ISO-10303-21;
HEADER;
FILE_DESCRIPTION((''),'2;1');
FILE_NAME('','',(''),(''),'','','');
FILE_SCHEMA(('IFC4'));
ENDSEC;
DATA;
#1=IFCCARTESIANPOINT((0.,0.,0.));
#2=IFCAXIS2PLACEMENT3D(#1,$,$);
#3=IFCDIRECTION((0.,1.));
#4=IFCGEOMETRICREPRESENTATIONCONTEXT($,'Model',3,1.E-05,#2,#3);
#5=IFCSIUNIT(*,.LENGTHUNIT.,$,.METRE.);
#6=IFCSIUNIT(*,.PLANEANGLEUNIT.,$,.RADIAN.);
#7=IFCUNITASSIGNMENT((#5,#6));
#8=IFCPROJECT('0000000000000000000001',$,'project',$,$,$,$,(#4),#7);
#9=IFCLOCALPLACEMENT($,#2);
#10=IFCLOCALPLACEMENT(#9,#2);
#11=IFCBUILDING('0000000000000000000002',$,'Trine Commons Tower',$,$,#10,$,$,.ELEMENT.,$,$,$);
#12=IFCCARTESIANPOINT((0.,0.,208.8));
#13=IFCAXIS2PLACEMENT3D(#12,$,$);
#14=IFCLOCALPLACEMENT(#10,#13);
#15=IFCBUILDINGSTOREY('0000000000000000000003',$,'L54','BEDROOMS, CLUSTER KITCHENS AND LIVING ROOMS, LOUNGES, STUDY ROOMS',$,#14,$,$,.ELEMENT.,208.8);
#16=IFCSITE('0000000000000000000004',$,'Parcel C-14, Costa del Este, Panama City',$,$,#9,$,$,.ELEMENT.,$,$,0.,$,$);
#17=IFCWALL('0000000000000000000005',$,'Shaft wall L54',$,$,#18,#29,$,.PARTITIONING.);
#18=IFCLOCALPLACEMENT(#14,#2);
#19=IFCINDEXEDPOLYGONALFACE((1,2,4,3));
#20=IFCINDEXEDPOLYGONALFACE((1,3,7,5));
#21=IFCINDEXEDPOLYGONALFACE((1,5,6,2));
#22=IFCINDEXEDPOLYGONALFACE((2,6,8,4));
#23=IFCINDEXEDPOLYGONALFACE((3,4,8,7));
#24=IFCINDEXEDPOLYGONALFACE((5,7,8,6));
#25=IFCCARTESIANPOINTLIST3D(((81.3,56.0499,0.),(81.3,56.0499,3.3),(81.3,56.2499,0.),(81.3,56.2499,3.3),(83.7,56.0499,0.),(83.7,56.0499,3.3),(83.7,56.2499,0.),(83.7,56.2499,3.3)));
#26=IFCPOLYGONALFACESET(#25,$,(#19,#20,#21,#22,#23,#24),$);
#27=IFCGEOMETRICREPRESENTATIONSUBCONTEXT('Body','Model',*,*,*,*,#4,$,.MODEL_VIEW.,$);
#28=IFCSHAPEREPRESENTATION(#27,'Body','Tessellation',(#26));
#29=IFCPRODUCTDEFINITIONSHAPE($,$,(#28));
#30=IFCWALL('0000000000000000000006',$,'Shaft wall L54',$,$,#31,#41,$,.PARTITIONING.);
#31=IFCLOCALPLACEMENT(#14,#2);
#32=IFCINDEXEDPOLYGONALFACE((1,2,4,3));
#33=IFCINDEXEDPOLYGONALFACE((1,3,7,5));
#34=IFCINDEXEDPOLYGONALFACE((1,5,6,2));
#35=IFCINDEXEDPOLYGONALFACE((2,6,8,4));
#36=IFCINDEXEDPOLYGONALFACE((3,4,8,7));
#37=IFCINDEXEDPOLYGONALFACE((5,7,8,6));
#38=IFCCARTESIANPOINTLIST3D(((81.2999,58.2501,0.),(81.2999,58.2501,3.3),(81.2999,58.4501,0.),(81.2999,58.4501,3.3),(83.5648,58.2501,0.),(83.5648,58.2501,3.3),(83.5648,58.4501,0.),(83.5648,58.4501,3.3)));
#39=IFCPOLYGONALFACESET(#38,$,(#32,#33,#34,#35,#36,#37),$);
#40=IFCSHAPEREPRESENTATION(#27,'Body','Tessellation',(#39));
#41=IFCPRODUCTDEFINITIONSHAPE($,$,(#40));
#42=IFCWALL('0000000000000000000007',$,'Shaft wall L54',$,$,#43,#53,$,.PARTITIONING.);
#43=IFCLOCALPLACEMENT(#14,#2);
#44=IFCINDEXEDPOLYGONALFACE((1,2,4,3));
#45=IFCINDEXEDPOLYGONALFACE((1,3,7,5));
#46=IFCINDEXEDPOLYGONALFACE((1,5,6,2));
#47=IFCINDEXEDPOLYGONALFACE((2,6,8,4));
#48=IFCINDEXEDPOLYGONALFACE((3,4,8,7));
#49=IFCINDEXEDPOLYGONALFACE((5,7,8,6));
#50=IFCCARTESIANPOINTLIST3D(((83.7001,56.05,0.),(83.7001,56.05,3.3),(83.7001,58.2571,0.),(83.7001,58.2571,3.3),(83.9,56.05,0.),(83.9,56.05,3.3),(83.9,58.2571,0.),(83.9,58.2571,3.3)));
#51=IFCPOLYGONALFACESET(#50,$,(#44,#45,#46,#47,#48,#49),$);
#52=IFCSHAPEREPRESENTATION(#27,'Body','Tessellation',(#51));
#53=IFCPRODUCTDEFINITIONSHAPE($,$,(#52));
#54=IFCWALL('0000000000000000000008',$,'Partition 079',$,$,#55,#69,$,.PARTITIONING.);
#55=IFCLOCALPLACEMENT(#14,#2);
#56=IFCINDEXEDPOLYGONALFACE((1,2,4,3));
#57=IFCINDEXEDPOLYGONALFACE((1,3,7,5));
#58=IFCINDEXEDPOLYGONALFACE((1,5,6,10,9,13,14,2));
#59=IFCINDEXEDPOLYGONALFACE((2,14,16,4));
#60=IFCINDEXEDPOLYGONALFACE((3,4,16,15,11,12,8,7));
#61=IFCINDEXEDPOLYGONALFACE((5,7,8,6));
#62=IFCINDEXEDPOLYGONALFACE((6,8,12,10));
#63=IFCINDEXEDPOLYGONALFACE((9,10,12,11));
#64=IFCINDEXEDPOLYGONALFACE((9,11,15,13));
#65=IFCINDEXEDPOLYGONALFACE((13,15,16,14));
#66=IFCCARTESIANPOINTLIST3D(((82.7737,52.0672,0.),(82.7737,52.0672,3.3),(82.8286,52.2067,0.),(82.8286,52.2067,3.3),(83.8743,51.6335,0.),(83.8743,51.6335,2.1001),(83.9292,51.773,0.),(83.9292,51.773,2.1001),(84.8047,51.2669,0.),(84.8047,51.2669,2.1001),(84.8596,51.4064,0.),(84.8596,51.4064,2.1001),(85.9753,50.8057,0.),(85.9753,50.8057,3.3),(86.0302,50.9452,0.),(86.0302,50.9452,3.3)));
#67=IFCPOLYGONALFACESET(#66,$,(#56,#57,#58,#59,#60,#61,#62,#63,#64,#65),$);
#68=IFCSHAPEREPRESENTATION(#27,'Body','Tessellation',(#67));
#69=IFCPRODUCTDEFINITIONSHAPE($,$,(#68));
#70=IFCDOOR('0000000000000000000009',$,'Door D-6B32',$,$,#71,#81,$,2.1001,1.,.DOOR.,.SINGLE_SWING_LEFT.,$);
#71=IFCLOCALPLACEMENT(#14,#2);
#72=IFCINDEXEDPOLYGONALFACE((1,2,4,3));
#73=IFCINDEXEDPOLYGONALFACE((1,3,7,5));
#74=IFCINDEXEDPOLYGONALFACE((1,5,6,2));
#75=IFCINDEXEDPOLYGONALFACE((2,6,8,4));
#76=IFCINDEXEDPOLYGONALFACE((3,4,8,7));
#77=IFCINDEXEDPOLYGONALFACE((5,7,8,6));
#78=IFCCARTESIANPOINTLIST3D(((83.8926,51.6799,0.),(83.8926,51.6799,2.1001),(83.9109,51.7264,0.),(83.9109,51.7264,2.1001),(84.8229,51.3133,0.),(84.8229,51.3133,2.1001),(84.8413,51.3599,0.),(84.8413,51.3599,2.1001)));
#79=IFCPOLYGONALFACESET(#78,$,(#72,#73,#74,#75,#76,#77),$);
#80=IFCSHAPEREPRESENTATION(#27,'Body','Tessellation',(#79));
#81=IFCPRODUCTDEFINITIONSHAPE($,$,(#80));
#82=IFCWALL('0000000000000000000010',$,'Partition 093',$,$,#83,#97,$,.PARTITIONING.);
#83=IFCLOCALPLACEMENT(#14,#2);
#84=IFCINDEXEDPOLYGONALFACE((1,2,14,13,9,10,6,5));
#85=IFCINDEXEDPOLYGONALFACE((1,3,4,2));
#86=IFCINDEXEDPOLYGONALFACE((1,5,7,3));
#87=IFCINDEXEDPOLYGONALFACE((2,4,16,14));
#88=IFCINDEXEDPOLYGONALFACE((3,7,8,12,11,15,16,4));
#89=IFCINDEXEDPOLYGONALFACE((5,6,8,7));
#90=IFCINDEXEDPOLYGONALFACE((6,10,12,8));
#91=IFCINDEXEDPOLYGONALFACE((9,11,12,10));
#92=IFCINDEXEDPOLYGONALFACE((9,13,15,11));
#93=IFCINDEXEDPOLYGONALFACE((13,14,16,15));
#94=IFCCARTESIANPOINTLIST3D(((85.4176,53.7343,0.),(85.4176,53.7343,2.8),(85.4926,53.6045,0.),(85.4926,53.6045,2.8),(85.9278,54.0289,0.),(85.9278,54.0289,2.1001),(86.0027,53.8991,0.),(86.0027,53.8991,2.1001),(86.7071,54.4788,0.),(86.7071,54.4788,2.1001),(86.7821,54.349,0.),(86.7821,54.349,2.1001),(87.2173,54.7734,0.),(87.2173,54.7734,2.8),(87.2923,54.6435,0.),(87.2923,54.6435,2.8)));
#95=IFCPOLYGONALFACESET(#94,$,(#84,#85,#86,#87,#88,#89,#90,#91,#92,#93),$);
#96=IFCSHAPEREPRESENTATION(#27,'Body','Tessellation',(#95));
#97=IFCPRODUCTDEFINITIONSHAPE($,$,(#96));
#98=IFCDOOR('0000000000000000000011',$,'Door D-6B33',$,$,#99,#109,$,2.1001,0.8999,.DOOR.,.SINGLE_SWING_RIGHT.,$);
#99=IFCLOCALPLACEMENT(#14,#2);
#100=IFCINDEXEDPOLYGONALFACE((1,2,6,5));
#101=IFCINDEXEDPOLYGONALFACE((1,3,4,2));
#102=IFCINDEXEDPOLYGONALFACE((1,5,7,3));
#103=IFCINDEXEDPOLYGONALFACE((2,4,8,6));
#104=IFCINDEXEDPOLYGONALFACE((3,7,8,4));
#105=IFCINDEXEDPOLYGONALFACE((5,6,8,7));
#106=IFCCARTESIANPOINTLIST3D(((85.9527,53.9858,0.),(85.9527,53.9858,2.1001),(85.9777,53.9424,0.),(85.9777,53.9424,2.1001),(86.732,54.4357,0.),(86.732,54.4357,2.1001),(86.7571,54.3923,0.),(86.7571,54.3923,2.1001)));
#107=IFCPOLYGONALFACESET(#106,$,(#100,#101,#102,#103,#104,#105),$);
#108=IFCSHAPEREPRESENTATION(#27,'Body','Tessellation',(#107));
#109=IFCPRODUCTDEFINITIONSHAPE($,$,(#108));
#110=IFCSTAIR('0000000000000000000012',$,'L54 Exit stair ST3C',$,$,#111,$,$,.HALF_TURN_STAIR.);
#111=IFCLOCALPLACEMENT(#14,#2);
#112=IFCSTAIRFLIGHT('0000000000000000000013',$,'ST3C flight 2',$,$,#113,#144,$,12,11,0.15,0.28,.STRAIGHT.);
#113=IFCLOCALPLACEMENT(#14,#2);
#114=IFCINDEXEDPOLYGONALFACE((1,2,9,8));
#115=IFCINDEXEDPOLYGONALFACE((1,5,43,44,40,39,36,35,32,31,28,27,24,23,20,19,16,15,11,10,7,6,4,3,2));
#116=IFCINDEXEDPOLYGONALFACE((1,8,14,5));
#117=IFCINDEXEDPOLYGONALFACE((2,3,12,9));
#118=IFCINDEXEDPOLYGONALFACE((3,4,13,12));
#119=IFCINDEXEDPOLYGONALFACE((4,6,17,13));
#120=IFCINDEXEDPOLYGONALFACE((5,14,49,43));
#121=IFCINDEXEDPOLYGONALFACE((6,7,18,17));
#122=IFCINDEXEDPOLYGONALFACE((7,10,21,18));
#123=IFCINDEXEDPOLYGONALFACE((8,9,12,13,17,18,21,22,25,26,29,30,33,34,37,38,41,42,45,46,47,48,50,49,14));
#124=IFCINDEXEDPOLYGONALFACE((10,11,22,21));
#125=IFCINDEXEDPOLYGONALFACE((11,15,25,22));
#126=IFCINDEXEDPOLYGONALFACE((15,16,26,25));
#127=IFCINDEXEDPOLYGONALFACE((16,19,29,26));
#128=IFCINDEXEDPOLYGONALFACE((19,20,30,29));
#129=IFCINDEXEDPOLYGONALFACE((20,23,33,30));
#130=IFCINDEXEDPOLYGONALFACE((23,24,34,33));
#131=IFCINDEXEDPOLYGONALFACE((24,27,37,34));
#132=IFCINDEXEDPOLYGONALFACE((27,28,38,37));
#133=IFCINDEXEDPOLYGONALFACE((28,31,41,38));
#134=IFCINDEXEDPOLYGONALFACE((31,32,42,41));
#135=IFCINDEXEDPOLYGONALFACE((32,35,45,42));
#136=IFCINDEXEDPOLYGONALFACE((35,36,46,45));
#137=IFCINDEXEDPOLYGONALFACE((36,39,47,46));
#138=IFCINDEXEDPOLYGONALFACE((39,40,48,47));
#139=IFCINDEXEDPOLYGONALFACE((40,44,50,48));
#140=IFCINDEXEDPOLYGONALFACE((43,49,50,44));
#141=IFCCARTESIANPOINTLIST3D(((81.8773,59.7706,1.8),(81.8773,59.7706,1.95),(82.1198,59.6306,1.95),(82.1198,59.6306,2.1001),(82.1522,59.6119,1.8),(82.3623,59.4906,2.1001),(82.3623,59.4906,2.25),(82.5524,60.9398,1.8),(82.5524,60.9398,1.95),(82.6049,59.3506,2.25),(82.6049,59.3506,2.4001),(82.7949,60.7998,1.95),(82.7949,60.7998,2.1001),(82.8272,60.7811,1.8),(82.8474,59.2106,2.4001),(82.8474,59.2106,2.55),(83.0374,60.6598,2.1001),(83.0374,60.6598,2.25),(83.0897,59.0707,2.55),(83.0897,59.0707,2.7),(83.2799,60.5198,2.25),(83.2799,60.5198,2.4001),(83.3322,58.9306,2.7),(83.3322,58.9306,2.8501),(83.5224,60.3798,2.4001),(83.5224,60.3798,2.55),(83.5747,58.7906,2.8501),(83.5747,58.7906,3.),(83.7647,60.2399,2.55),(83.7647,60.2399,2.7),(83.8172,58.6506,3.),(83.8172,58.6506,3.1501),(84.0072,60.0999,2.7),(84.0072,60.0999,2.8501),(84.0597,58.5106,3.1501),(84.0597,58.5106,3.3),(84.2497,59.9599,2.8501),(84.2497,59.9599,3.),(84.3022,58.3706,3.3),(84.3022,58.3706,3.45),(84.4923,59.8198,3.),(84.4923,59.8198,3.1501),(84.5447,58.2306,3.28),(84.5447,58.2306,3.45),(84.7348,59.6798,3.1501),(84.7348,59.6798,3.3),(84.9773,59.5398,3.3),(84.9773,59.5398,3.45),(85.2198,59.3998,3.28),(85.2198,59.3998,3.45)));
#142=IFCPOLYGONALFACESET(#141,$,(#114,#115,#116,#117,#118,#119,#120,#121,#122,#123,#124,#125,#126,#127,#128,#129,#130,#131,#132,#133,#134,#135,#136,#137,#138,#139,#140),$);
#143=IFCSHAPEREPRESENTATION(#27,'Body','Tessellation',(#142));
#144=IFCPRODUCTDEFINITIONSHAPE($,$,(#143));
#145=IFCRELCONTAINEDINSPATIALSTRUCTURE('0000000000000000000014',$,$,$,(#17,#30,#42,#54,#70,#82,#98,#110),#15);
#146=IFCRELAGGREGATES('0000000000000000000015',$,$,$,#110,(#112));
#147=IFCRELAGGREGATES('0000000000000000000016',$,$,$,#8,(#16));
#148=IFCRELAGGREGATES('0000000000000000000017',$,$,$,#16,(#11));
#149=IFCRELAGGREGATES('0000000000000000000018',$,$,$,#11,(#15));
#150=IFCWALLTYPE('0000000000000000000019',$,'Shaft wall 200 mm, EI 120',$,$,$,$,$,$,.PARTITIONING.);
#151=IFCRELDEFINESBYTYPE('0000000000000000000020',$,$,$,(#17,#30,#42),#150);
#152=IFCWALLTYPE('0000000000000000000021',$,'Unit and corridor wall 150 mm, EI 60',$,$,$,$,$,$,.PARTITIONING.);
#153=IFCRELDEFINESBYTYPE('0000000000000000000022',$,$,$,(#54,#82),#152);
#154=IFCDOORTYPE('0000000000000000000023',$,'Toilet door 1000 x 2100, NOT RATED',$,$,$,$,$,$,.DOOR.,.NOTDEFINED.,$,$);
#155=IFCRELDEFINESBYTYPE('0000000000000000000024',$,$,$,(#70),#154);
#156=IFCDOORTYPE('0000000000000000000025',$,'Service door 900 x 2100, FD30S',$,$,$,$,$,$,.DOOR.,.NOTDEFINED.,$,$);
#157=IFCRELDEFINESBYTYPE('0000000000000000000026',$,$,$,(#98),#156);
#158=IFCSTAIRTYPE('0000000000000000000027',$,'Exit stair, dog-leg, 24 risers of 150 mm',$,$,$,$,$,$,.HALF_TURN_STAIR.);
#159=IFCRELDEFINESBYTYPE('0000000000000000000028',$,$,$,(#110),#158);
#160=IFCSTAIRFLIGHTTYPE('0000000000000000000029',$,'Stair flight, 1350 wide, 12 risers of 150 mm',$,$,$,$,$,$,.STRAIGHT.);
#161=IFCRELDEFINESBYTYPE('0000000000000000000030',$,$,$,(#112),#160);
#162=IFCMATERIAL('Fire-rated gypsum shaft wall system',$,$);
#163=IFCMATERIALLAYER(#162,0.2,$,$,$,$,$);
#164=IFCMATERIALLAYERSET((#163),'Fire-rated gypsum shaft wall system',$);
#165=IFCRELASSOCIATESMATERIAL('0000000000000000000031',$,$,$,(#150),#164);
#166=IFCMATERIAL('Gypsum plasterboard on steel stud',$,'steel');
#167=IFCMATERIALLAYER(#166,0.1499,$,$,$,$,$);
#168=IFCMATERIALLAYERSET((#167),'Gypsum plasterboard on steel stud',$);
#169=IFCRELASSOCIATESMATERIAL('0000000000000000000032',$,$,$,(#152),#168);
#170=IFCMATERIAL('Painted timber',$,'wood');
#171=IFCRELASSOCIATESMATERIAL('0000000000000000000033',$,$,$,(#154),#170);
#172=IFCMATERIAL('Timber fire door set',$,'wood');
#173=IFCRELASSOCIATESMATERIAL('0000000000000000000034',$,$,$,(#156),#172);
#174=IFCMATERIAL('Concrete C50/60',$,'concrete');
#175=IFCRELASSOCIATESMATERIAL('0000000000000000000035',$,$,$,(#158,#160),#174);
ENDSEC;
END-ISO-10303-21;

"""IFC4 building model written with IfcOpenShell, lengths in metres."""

from ifc_helpers import new_model, si_unit, direction, frame, frame_2d, origin, place, context, subcontext, project, spatial, polyline, rectangle, outline, extrude, material, layer, layer_set, type_object, element, fill, aggregate, save


model = new_model("IFC4")

# Units and contexts
model_context = context("Model", 3, precision=1e-05, world=origin(), true_north=direction((0.0, 1.0)))
body_context = subcontext(model_context, "Body", "Model", "MODEL_VIEW")
ifc_project = project(units=[si_unit("LENGTHUNIT", "METRE"), si_unit("PLANEANGLEUNIT", "RADIAN")], contexts=[model_context])

# Site, building, storey
site_placement = place(None, origin())
site = spatial("IfcSite", under=ifc_project, at=site_placement, Name="Parcel C-14, Costa del Este, Panama City", CompositionType="ELEMENT", RefElevation=0.0)
building_placement = place(site_placement, origin())
building = spatial("IfcBuilding", under=site, at=building_placement, Name="Trine Commons Tower", CompositionType="ELEMENT")
storey_placement = place(building_placement, frame((0.0, 0.0, 208.8)))
storey = spatial("IfcBuildingStorey", under=building, at=storey_placement, Name="L54", Description="BEDROOMS, CLUSTER KITCHENS AND LIVING ROOMS, LOUNGES, STUDY ROOMS", CompositionType="ELEMENT", Elevation=208.8)

# Walls
ifc_material_1 = material(Name="Fire-rated gypsum shaft wall system")
ifc_layer_1 = layer(ifc_material_1, 0.2)
ifc_layer_set_1 = layer_set([ifc_layer_1], Name="Fire-rated gypsum shaft wall system")
wall_type_1 = type_object("IfcWallType", Name="Shaft wall 200 mm, EI 120", PredefinedType="PARTITIONING", material=ifc_layer_set_1)
wall_1_placement = place(storey_placement, frame((81.3, 56.1499, 0.0), z_axis=(0.0, 0.0, 1.0), x_axis=(1.0, 0.0, 0.0)))
element("IfcWall", 1, at=wall_1_placement, inside=storey, type_object=wall_type_1, Name="Shaft wall L54", PredefinedType="PARTITIONING", context=body_context, shape_type="SweptSolid", body=[
    extrude(rectangle(XDim=2.3999, YDim=0.2, at=frame_2d((1.2, 0.0))), origin(), (0.0, 0.0, 1.0), 3.3),
])
wall_2_placement = place(storey_placement, frame((81.3, 58.3501, 0.0), z_axis=(0.0, 0.0, 1.0), x_axis=(1.0, 0.0, 0.0)))
element("IfcWall", 2, at=wall_2_placement, inside=storey, type_object=wall_type_1, Name="Shaft wall L54", PredefinedType="PARTITIONING", context=body_context, shape_type="SweptSolid", body=[
    extrude(rectangle(XDim=2.2649, YDim=0.2, at=frame_2d((1.1323, 0.0))), origin(), (0.0, 0.0, 1.0), 3.3),
])
wall_3_placement = place(storey_placement, frame((83.8, 58.2571, 0.0), z_axis=(0.0, 0.0, 1.0), x_axis=(0.0, -1.0, 0.0)))
element("IfcWall", 3, at=wall_3_placement, inside=storey, type_object=wall_type_1, Name="Shaft wall L54", PredefinedType="PARTITIONING", context=body_context, shape_type="SweptSolid", body=[
    extrude(rectangle(XDim=2.207, YDim=0.2, at=frame_2d((1.1035, 0.0))), origin(), (0.0, 0.0, 1.0), 3.3),
])

# Walls, openings, doors
ifc_material_2 = material(Name="Gypsum plasterboard on steel stud", Category="steel")
ifc_layer_2 = layer(ifc_material_2, 0.1499)
ifc_layer_set_2 = layer_set([ifc_layer_2], Name="Gypsum plasterboard on steel stud")
wall_type_2 = type_object("IfcWallType", Name="Unit and corridor wall 150 mm, EI 60", PredefinedType="PARTITIONING", material=ifc_layer_set_2)
wall_4_placement = place(storey_placement, frame((82.801, 52.137, 0.0), z_axis=(0.0, 0.0, 1.0), x_axis=(0.930387, -0.366578, 0.0)))
wall_4 = element("IfcWall", 4, at=wall_4_placement, inside=storey, type_object=wall_type_2, Name="Partition 079", PredefinedType="PARTITIONING", context=body_context, shape_type="SweptSolid", body=[
    extrude(rectangle(XDim=3.4412, YDim=0.1499, at=frame_2d((1.7207, 0.0))), origin(), (0.0, 0.0, 1.0), 3.3),
])
opening_1_placement = place(wall_4_placement, frame((1.1831, 0.0, 0.0)))
opening_1 = element("IfcOpeningElement", 5, at=opening_1_placement, cuts=wall_4, PredefinedType="OPENING", context=body_context, shape_type="SweptSolid", body=[
    extrude(rectangle(XDim=1.0, YDim=2.1001, at=frame_2d((0.5, 1.05))), frame((0.0, 0.085, 0.0), z_axis=(0.0, -1.0, 0.0), x_axis=(1.0, 0.0, 0.0)), (0.0, 0.0, 1.0), 0.1699),
])
ifc_material_3 = material(Name="Painted timber", Category="wood")
door_type_1 = type_object("IfcDoorType", Name="Toilet door 1000 x 2100, NOT RATED", OperationType="NOTDEFINED", PredefinedType="DOOR", material=ifc_material_3)
door_1_placement = place(opening_1_placement, origin())
door_1 = element("IfcDoor", 6, at=door_1_placement, inside=storey, type_object=door_type_1, Name="Door D-6B32", OperationType="SINGLE_SWING_LEFT", OverallHeight=2.1001, OverallWidth=1.0, PredefinedType="DOOR", context=body_context, shape_type="SweptSolid", body=[
    extrude(rectangle(XDim=1.0, YDim=2.1001, at=frame_2d((0.5, 1.05))), frame((0.0, 0.0249, 0.0), z_axis=(0.0, -1.0, 0.0), x_axis=(1.0, 0.0, 0.0)), (0.0, 0.0, 1.0), 0.05),
])
fill(opening_1, door_1)
wall_5_placement = place(storey_placement, frame((85.4551, 53.6694, 0.0), z_axis=(0.0, 0.0, 1.0), x_axis=(0.866037, 0.49998, 0.0)))
wall_5 = element("IfcWall", 7, at=wall_5_placement, inside=storey, type_object=wall_type_2, Name="Partition 093", PredefinedType="PARTITIONING", context=body_context, shape_type="SweptSolid", body=[
    extrude(rectangle(XDim=2.0781, YDim=0.1499, at=frame_2d((1.0391, 0.0))), origin(), (0.0, 0.0, 1.0), 2.8),
])
opening_2_placement = place(wall_5_placement, frame((0.5891, 0.0, 0.0)))
opening_2 = element("IfcOpeningElement", 8, at=opening_2_placement, cuts=wall_5, PredefinedType="OPENING", context=body_context, shape_type="SweptSolid", body=[
    extrude(rectangle(XDim=0.8999, YDim=2.1001, at=frame_2d((0.45, 1.05))), frame((0.0, 0.085, 0.0), z_axis=(0.0, -1.0, 0.0), x_axis=(1.0, 0.0, 0.0)), (0.0, 0.0, 1.0), 0.1699),
])
ifc_material_4 = material(Name="Timber fire door set", Category="wood")
door_type_2 = type_object("IfcDoorType", Name="Service door 900 x 2100, FD30S", OperationType="NOTDEFINED", PredefinedType="DOOR", material=ifc_material_4)
door_2_placement = place(opening_2_placement, frame((0.8999, 0.0, 0.0), z_axis=(0.0, 0.0, 1.0), x_axis=(-1.0, 0.0, 0.0)))
door_2 = element("IfcDoor", 9, at=door_2_placement, inside=storey, type_object=door_type_2, Name="Door D-6B33", OperationType="SINGLE_SWING_RIGHT", OverallHeight=2.1001, OverallWidth=0.8999, PredefinedType="DOOR", context=body_context, shape_type="SweptSolid", body=[
    extrude(rectangle(XDim=0.8999, YDim=2.1001, at=frame_2d((0.45, 1.05))), frame((0.0, 0.0249, 0.0), z_axis=(0.0, -1.0, 0.0), x_axis=(1.0, 0.0, 0.0)), (0.0, 0.0, 1.0), 0.05),
])
fill(opening_2, door_2)

# Stair, stair flight
ifc_material_5 = material(Name="Concrete C50/60", Category="concrete")
stair_type = type_object("IfcStairType", Name="Exit stair, dog-leg, 24 risers of 150 mm", PredefinedType="HALF_TURN_STAIR", material=ifc_material_5)
stair_placement = place(storey_placement, origin())
stair = element("IfcStair", 10, at=stair_placement, inside=storey, type_object=stair_type, Name="L54 Exit stair ST3C", PredefinedType="HALF_TURN_STAIR")
stair_flight_type = type_object("IfcStairFlightType", Name="Stair flight, 1350 wide, 12 risers of 150 mm", PredefinedType="STRAIGHT", material=ifc_material_5)
stair_flight_placement = place(storey_placement, frame((82.2148, 60.3552, 1.8), z_axis=(0.0, 0.0, 1.0), x_axis=(0.866025, -0.5, 0.0)))
stair_flight = element("IfcStairFlight", 11, at=stair_flight_placement, type_object=stair_flight_type, Name="ST3C flight 2", NumberOfRisers=12, NumberOfTreads=11, PredefinedType="STRAIGHT", RiserHeight=0.15, TreadLength=0.28, context=body_context, shape_type="SweptSolid", body=[
    extrude(outline(polyline([(0.0, 0.0), (0.0, 0.1499), (0.28, 0.1499), (0.28, 0.3), (0.5601, 0.3), (0.5601, 0.45), (0.8401, 0.45), (0.8401, 0.6001), (1.1201, 0.6001), (1.1201, 0.75), (1.3999, 0.75), (1.3999, 0.8999), (1.6799, 0.8999), (1.6799, 1.05), (1.96, 1.05), (1.96, 1.2), (2.24, 1.2), (2.24, 1.3501), (2.52, 1.3501), (2.52, 1.5), (2.8, 1.5), (2.8, 1.6499), (3.0801, 1.6499), (3.0801, 1.8), (3.0801, 1.48), (0.3174, 0.0), (0.0, 0.0)])), frame((0.0, 0.675, 0.0), z_axis=(0.0, -1.0, 0.0), x_axis=(1.0, 0.0, 0.0)), (0.0, 0.0, 1.0), 1.3501),
])
aggregate(stair, [stair_flight])

save(model, "model.ifc")
